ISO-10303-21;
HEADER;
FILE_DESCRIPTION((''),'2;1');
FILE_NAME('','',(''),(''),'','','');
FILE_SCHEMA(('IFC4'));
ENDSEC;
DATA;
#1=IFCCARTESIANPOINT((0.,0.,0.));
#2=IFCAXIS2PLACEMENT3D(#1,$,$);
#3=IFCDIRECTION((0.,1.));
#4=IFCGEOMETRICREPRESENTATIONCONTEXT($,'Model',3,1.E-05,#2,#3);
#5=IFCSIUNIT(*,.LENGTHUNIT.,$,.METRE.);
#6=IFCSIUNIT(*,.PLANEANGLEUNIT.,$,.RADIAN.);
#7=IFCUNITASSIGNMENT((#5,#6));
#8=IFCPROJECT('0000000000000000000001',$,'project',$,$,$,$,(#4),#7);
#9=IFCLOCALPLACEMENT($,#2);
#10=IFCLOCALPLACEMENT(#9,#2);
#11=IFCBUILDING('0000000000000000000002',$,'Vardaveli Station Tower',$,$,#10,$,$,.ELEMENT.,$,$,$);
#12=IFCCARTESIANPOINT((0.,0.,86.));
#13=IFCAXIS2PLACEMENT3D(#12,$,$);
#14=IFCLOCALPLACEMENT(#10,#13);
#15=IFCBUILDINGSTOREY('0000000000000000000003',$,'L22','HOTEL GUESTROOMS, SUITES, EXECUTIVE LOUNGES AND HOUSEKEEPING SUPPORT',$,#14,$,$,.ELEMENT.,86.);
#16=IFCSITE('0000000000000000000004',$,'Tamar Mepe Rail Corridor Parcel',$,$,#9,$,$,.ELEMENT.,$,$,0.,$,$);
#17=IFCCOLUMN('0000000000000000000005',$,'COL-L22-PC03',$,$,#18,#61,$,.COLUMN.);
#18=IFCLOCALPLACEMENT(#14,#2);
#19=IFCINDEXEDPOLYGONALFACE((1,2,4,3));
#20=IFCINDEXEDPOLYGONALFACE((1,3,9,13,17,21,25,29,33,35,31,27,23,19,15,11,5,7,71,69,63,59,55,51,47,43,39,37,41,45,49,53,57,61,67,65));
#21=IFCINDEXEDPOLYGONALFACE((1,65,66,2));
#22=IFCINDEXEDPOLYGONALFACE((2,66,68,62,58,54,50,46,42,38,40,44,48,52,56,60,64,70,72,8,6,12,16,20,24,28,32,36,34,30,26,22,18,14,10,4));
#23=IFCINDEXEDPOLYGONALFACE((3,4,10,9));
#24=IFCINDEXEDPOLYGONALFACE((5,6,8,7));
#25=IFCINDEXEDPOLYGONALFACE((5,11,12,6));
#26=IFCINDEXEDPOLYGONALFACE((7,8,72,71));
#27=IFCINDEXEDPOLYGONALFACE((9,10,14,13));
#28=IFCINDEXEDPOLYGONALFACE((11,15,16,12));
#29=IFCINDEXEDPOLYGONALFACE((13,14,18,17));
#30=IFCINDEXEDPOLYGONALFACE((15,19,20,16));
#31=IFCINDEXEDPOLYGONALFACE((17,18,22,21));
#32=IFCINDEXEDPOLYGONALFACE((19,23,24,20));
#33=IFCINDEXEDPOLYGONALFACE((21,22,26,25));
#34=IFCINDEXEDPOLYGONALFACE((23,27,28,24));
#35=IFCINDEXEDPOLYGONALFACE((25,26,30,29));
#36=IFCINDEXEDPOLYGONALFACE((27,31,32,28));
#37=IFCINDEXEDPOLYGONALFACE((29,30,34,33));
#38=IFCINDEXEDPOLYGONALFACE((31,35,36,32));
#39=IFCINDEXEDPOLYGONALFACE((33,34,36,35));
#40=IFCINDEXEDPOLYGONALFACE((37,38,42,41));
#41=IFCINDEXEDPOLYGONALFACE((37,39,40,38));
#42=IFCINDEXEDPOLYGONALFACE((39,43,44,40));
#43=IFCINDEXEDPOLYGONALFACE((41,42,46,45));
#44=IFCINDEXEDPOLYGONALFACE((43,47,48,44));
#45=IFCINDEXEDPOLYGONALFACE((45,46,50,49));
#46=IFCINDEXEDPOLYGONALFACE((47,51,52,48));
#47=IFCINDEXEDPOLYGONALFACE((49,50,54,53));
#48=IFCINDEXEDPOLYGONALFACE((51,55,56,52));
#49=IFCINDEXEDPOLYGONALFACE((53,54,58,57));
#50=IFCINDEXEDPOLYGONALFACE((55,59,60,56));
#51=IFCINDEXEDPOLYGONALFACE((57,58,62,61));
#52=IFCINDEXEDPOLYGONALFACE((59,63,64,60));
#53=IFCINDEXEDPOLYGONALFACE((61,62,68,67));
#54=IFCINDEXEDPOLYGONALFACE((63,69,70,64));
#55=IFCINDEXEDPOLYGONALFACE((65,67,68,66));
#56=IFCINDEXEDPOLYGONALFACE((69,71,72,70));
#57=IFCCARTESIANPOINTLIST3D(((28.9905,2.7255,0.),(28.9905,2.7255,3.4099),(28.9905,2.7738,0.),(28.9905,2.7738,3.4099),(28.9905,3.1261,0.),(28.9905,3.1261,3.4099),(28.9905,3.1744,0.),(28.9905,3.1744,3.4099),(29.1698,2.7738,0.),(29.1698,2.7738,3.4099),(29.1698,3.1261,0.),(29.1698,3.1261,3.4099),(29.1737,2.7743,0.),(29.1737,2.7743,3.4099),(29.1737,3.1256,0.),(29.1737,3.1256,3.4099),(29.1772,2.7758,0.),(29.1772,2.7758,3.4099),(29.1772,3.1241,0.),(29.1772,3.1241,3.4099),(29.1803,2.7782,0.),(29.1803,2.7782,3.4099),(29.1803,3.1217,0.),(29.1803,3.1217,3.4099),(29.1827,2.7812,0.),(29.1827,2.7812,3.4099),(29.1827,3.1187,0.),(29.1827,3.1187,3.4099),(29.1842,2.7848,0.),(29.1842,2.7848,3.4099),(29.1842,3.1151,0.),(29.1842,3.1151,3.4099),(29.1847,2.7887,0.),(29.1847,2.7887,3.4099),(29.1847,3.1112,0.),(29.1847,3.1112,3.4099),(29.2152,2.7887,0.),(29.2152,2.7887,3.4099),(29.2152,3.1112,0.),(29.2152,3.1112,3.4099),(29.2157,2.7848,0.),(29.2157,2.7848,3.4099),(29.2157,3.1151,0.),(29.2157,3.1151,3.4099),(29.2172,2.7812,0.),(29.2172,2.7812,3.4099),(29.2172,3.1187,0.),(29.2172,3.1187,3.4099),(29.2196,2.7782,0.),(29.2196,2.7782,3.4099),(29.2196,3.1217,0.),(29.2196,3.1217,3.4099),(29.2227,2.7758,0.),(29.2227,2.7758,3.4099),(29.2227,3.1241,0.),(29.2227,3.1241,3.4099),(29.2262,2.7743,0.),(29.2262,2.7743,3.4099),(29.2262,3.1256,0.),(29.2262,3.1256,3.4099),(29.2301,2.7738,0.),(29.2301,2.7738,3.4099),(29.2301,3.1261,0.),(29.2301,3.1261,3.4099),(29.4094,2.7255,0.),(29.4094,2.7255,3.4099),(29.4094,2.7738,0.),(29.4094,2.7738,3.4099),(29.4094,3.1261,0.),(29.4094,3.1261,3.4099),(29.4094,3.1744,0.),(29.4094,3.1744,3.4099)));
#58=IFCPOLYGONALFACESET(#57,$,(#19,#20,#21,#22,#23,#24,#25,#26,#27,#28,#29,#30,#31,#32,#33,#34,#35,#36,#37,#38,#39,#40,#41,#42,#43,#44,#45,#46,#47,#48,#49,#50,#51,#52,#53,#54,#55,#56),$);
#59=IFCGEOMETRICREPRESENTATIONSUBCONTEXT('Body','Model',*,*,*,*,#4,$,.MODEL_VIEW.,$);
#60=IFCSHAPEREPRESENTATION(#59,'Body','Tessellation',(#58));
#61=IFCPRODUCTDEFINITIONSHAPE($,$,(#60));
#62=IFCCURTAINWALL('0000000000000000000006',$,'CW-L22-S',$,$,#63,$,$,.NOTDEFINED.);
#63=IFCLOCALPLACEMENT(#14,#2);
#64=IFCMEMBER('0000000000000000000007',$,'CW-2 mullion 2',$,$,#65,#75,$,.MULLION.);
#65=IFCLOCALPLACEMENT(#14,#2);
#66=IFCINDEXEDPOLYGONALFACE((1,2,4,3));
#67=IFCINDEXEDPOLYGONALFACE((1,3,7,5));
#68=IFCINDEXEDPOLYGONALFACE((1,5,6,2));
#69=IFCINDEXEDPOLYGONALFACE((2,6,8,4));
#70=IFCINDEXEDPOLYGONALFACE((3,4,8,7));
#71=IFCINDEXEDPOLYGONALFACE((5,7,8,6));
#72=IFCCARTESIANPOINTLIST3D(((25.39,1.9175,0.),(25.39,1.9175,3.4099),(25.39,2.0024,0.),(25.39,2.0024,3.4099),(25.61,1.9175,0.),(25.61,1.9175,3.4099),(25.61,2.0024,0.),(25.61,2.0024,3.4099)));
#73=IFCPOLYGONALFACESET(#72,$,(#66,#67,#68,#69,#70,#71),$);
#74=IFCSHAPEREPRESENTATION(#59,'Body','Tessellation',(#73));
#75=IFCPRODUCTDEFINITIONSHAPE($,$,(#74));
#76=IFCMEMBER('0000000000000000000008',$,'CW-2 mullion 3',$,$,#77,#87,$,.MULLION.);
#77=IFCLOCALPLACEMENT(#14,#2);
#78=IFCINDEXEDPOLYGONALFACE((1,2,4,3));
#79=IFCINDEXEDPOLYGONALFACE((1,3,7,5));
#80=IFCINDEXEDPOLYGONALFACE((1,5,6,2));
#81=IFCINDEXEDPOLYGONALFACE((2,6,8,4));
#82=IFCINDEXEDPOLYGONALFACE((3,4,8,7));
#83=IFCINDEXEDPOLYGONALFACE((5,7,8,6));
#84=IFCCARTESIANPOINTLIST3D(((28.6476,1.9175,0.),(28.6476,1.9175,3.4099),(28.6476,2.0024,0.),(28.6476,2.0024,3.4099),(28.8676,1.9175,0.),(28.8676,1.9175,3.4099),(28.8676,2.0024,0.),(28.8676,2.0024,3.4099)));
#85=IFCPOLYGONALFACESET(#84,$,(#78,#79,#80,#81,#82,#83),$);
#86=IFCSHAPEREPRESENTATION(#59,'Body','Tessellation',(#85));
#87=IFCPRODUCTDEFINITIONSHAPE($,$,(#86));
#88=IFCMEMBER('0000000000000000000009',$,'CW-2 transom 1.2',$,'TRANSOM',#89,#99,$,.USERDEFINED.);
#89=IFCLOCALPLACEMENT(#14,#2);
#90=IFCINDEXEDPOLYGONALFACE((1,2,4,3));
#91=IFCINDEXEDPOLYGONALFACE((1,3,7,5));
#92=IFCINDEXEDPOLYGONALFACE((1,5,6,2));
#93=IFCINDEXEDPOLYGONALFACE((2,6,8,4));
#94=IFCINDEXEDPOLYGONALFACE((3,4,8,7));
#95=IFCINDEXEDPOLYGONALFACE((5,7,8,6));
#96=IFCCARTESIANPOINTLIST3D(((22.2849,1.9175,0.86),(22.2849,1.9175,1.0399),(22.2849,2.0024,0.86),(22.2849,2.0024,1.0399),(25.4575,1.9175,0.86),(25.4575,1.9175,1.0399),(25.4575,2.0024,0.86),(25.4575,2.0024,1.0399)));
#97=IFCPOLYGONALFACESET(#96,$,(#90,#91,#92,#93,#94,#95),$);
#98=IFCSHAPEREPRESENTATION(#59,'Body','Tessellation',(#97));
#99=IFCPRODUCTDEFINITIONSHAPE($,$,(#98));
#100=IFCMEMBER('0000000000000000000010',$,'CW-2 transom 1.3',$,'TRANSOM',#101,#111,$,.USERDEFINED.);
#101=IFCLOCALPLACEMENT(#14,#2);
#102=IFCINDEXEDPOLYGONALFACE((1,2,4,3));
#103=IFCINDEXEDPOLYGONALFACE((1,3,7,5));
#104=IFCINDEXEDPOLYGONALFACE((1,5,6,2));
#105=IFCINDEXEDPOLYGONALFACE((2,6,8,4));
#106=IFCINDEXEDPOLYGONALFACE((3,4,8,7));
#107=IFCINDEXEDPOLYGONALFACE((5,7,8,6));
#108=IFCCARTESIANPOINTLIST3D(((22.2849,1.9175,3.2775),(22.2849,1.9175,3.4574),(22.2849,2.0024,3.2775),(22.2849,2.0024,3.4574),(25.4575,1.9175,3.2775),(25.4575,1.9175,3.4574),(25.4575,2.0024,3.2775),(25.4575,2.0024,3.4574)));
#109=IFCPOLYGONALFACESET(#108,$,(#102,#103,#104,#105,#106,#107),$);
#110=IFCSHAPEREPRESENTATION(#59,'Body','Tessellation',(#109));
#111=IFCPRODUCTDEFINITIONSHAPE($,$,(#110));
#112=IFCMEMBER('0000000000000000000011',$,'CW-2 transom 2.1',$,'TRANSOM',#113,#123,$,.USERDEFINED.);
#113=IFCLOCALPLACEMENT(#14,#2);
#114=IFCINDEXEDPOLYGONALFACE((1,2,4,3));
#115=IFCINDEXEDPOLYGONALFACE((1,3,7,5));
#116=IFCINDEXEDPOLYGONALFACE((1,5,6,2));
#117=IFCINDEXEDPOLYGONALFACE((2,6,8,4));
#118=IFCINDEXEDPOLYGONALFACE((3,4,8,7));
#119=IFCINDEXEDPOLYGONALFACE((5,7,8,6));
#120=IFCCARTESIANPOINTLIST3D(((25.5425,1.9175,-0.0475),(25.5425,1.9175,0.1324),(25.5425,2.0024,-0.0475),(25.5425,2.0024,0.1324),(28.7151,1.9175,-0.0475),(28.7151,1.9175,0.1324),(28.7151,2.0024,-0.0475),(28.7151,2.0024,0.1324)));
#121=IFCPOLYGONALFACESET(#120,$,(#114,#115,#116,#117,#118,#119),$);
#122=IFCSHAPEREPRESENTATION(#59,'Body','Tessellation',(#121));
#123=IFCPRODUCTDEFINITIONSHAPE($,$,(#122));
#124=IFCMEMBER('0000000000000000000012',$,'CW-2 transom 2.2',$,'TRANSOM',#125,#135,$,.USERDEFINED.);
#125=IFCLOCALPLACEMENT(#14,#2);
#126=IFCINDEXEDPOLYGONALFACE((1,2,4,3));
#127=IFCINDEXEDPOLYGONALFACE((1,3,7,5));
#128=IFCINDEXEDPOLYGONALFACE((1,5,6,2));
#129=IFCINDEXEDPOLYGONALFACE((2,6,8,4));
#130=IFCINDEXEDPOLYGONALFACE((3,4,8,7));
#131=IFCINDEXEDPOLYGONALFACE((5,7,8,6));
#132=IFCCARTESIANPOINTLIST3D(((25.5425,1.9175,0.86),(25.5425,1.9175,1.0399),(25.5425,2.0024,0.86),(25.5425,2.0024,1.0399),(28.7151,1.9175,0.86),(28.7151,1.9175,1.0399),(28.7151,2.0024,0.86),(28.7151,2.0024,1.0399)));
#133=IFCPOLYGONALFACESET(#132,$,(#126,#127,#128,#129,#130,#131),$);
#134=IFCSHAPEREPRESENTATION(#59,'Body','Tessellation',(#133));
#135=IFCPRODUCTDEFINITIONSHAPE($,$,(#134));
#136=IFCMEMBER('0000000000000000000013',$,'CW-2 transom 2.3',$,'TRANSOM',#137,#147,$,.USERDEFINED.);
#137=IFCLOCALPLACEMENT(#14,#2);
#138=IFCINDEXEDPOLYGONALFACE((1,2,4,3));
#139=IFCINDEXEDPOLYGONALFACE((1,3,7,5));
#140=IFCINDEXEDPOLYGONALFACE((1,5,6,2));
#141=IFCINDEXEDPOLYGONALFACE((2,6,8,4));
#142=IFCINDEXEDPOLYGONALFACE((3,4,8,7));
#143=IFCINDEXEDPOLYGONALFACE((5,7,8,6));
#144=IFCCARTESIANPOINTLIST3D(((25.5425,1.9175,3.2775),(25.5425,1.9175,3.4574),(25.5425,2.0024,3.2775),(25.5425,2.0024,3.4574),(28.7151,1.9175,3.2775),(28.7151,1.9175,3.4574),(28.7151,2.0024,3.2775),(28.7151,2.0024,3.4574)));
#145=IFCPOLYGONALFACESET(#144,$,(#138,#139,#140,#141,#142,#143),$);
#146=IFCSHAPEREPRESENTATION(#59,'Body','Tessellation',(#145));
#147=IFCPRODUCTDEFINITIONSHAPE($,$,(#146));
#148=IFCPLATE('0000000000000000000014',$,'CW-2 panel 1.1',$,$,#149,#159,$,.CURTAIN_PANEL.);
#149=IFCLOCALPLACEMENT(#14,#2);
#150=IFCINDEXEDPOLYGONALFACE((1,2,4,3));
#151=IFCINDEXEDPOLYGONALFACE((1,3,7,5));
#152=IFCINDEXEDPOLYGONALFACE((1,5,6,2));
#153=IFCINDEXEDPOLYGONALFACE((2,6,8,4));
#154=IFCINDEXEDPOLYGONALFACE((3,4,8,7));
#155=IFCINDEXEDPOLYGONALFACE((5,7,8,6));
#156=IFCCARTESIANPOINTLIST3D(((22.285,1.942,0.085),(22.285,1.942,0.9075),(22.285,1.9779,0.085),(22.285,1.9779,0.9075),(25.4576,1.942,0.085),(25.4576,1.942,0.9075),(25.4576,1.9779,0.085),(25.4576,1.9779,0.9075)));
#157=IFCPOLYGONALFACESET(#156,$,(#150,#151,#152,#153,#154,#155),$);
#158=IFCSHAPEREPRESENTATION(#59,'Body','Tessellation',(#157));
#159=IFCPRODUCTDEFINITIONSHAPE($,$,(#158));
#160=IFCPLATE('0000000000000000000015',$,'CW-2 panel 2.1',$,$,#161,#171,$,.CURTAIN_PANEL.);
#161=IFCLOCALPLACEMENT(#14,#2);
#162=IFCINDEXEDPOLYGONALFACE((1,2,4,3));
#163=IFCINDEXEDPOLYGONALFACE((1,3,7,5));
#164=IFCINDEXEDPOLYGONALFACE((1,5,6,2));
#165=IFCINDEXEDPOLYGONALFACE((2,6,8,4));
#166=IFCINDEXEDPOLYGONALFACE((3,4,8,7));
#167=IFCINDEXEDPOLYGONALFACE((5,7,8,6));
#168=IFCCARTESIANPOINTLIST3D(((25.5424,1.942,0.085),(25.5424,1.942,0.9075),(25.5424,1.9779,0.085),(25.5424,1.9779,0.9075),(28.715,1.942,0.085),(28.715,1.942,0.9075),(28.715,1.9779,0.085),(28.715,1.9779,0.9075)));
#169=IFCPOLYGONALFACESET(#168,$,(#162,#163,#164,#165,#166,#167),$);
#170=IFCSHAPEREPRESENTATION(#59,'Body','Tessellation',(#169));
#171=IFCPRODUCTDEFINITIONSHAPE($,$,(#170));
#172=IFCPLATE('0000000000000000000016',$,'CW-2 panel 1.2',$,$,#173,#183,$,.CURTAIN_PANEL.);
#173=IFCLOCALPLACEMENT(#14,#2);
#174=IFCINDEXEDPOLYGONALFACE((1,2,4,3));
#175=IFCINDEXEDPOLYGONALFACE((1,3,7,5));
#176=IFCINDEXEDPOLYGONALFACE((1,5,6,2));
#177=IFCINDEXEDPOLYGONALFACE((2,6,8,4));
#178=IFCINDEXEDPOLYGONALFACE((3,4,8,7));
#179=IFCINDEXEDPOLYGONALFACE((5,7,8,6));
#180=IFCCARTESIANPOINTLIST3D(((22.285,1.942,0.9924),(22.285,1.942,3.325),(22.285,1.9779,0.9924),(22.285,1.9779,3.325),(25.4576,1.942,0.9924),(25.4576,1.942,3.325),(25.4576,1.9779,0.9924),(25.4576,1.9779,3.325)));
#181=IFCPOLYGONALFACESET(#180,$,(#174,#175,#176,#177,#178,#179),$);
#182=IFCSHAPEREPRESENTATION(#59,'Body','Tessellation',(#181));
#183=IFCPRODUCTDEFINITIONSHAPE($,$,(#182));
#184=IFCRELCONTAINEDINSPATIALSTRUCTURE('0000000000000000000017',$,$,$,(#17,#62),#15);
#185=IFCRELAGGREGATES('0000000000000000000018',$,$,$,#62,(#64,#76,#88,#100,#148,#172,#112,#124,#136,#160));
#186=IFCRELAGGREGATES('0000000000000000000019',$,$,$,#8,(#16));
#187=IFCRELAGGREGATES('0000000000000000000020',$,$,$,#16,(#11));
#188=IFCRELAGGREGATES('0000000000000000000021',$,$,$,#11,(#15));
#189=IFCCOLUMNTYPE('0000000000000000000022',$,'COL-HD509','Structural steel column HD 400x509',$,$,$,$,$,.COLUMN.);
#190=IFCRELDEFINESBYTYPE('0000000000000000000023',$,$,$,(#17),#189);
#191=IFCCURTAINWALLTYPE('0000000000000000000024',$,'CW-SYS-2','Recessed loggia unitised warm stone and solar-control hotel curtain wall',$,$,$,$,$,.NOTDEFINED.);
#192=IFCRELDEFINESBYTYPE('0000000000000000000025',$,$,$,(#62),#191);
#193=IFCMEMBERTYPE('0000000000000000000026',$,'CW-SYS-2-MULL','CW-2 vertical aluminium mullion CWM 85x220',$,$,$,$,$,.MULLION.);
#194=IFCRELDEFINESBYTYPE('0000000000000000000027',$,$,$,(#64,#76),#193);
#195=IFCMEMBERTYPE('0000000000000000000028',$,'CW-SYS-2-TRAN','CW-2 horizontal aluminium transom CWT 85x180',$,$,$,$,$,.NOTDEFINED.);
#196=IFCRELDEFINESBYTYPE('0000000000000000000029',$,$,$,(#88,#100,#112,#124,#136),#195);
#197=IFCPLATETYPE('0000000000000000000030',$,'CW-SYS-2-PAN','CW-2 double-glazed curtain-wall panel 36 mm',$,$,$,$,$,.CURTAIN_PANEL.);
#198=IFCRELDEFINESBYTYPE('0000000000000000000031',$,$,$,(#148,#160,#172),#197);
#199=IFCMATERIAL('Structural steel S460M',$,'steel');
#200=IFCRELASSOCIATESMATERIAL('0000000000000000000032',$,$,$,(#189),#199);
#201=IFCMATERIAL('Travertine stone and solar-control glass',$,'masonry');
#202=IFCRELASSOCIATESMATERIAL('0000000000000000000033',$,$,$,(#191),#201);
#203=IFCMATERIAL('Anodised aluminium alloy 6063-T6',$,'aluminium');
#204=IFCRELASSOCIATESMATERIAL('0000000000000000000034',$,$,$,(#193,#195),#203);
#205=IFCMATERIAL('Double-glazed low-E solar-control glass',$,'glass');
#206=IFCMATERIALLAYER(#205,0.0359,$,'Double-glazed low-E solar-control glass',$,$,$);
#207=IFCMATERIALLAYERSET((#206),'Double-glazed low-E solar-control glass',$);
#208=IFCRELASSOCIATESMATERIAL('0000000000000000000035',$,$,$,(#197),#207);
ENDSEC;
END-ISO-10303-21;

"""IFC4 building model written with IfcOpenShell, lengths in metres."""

from ifc_helpers import new_model, si_unit, direction, frame, origin, origin_2d, place, context, subcontext, project, spatial, rectangle, i_section, extrude, source, transform, mapped, material, layer, layer_set, material_profile, profile_set, type_object, element, aggregate, save


model = new_model("IFC4")

# Units and contexts
model_context = context("Model", 3, precision=1e-05, world=origin(), true_north=direction((0.0, 1.0)))
body_context = subcontext(model_context, "Body", "Model", "MODEL_VIEW")
ifc_project = project(units=[si_unit("LENGTHUNIT", "METRE"), si_unit("PLANEANGLEUNIT", "RADIAN")], contexts=[model_context])

# Site, building, storey
site_placement = place(None, origin())
site = spatial("IfcSite", under=ifc_project, at=site_placement, Name="Tamar Mepe Rail Corridor Parcel", CompositionType="ELEMENT", RefElevation=0.0)
building_placement = place(site_placement, origin())
building = spatial("IfcBuilding", under=site, at=building_placement, Name="Vardaveli Station Tower", CompositionType="ELEMENT")
storey_placement = place(building_placement, frame((0.0, 0.0, 86.0)))
storey = spatial("IfcBuildingStorey", under=building, at=storey_placement, Name="L22", Description="HOTEL GUESTROOMS, SUITES, EXECUTIVE LOUNGES AND HOUSEKEEPING SUPPORT", CompositionType="ELEMENT", Elevation=86.0)

# Column
ifc_material_1 = material(Name="Structural steel S460M", Category="steel")
ifc_material_profile_1 = material_profile(ifc_material_1, i_section(OverallWidth=0.4189, OverallDepth=0.449, WebThickness=0.0305, FlangeThickness=0.0483, FilletRadius=0.0149, at=origin_2d()), Name="HD 400x509")
ifc_profile_set_1 = profile_set([ifc_material_profile_1], Name="Structural steel S460M")
column_type = type_object("IfcColumnType", Name="COL-HD509", Description="Structural steel column HD 400x509", PredefinedType="COLUMN", material=ifc_profile_set_1)
shared_shape_1 = source(origin(), body_context, "Body", "SweptSolid", [
    extrude(i_section(OverallWidth=0.4189, OverallDepth=0.449, WebThickness=0.0305, FlangeThickness=0.0483, FilletRadius=0.0149, at=origin_2d()), origin(), (0.0, 0.0, 1.0), 3.4099),
])
column_placement = place(storey_placement, frame((29.2, 2.95, 0.0), z_axis=(0.0, 0.0, 1.0), x_axis=(1.0, 0.0, 0.0)))
element("IfcColumn", 1, at=column_placement, inside=storey, type_object=column_type, Name="COL-L22-PC03", PredefinedType="COLUMN", context=body_context, shape_type="MappedRepresentation", body=[
    mapped(shared_shape_1, transform((0.0, 0.0, 0.0), scale=1.0)),
])

# Curtain wall, members, plates
ifc_material_2 = material(Name="Travertine stone and solar-control glass", Category="masonry")
curtain_wall_type = type_object("IfcCurtainWallType", Name="CW-SYS-2", Description="Recessed loggia unitised warm stone and solar-control hotel curtain wall", PredefinedType="NOTDEFINED", material=ifc_material_2)
curtain_wall_placement = place(storey_placement, origin())
curtain_wall = element("IfcCurtainWall", 2, at=curtain_wall_placement, inside=storey, type_object=curtain_wall_type, Name="CW-L22-S", PredefinedType="NOTDEFINED")
ifc_material_3 = material(Name="Anodised aluminium alloy 6063-T6", Category="aluminium")
ifc_material_profile_2 = material_profile(ifc_material_3, rectangle(XDim=0.085, YDim=0.22, at=origin_2d()), Name="CWM 85x220")
ifc_profile_set_2 = profile_set([ifc_material_profile_2], Name="Anodised aluminium alloy 6063-T6")
member_type_1 = type_object("IfcMemberType", Name="CW-SYS-2-MULL", Description="CW-2 vertical aluminium mullion CWM 85x220", PredefinedType="MULLION", material=ifc_profile_set_2)
shared_shape_2 = source(origin(), body_context, "Body", "SweptSolid", [
    extrude(rectangle(XDim=0.085, YDim=0.22, at=origin_2d()), origin(), (0.0, 0.0, 1.0), 3.4099),
])
member_1_placement = place(storey_placement, frame((25.5, 1.96, 0.0), z_axis=(0.0, 0.0, 1.0), x_axis=(0.0, 1.0, 0.0)))
member_1 = element("IfcMember", 3, at=member_1_placement, type_object=member_type_1, Name="CW-2 mullion 2", PredefinedType="MULLION", context=body_context, shape_type="MappedRepresentation", body=[
    mapped(shared_shape_2, transform((0.0, 0.0, 0.0), scale=1.0)),
])
member_2_placement = place(storey_placement, frame((28.7576, 1.96, 0.0), z_axis=(0.0, 0.0, 1.0), x_axis=(0.0, 1.0, 0.0)))
member_2 = element("IfcMember", 4, at=member_2_placement, type_object=member_type_1, Name="CW-2 mullion 3", PredefinedType="MULLION", context=body_context, shape_type="MappedRepresentation", body=[
    mapped(shared_shape_2, transform((0.0, 0.0, 0.0), scale=1.0)),
])
ifc_material_profile_3 = material_profile(ifc_material_3, rectangle(XDim=0.085, YDim=0.1799, at=origin_2d()), Name="CWT 85x180")
ifc_profile_set_3 = profile_set([ifc_material_profile_3], Name="Anodised aluminium alloy 6063-T6")
member_type_2 = type_object("IfcMemberType", Name="CW-SYS-2-TRAN", Description="CW-2 horizontal aluminium transom CWT 85x180", PredefinedType="NOTDEFINED", material=ifc_profile_set_3)
shared_shape_3 = source(origin(), body_context, "Body", "SweptSolid", [
    extrude(rectangle(XDim=0.085, YDim=0.1799, at=origin_2d()), origin(), (0.0, 0.0, 1.0), 3.1726),
])
member_3_placement = place(storey_placement, frame((22.2849, 1.96, 0.95), z_axis=(1.0, 0.0, 0.0), x_axis=(0.0, 1.0, 0.0)))
member_3 = element("IfcMember", 5, at=member_3_placement, type_object=member_type_2, Name="CW-2 transom 1.2", ObjectType="TRANSOM", PredefinedType="USERDEFINED", context=body_context, shape_type="MappedRepresentation", body=[
    mapped(shared_shape_3, transform((0.0, 0.0, 0.0), scale=1.0)),
])
member_4_placement = place(storey_placement, frame((22.2849, 1.96, 3.3674), z_axis=(1.0, 0.0, 0.0), x_axis=(0.0, 1.0, 0.0)))
member_4 = element("IfcMember", 6, at=member_4_placement, type_object=member_type_2, Name="CW-2 transom 1.3", ObjectType="TRANSOM", PredefinedType="USERDEFINED", context=body_context, shape_type="MappedRepresentation", body=[
    mapped(shared_shape_3, transform((0.0, 0.0, 0.0), scale=1.0)),
])
member_5_placement = place(storey_placement, frame((25.5425, 1.96, 0.0425), z_axis=(1.0, 0.0, 0.0), x_axis=(0.0, 1.0, 0.0)))
member_5 = element("IfcMember", 7, at=member_5_placement, type_object=member_type_2, Name="CW-2 transom 2.1", ObjectType="TRANSOM", PredefinedType="USERDEFINED", context=body_context, shape_type="MappedRepresentation", body=[
    mapped(shared_shape_3, transform((0.0, 0.0, 0.0), scale=1.0)),
])
member_6_placement = place(storey_placement, frame((25.5425, 1.96, 0.95), z_axis=(1.0, 0.0, 0.0), x_axis=(0.0, 1.0, 0.0)))
member_6 = element("IfcMember", 8, at=member_6_placement, type_object=member_type_2, Name="CW-2 transom 2.2", ObjectType="TRANSOM", PredefinedType="USERDEFINED", context=body_context, shape_type="MappedRepresentation", body=[
    mapped(shared_shape_3, transform((0.0, 0.0, 0.0), scale=1.0)),
])
member_7_placement = place(storey_placement, frame((25.5425, 1.96, 3.3674), z_axis=(1.0, 0.0, 0.0), x_axis=(0.0, 1.0, 0.0)))
member_7 = element("IfcMember", 9, at=member_7_placement, type_object=member_type_2, Name="CW-2 transom 2.3", ObjectType="TRANSOM", PredefinedType="USERDEFINED", context=body_context, shape_type="MappedRepresentation", body=[
    mapped(shared_shape_3, transform((0.0, 0.0, 0.0), scale=1.0)),
])
ifc_material_4 = material(Name="Double-glazed low-E solar-control glass", Category="glass")
ifc_layer_1 = layer(ifc_material_4, 0.0359, Name="Double-glazed low-E solar-control glass")
ifc_layer_set_1 = layer_set([ifc_layer_1], Name="Double-glazed low-E solar-control glass")
plate_type = type_object("IfcPlateType", Name="CW-SYS-2-PAN", Description="CW-2 double-glazed curtain-wall panel 36 mm", PredefinedType="CURTAIN_PANEL", material=ifc_layer_set_1)
shared_shape_4 = source(origin(), body_context, "Body", "SweptSolid", [
    extrude(rectangle(XDim=3.1726, YDim=0.0359, at=origin_2d()), origin(), (0.0, 0.0, 1.0), 0.8225),
])
plate_1_placement = place(storey_placement, frame((23.8713, 1.96, 0.085), z_axis=(0.0, 0.0, 1.0), x_axis=(1.0, 0.0, 0.0)))
plate_1 = element("IfcPlate", 10, at=plate_1_placement, type_object=plate_type, Name="CW-2 panel 1.1", PredefinedType="CURTAIN_PANEL", context=body_context, shape_type="MappedRepresentation", body=[
    mapped(shared_shape_4, transform((0.0, 0.0, 0.0), scale=1.0)),
])
plate_2_placement = place(storey_placement, frame((27.1287, 1.96, 0.085), z_axis=(0.0, 0.0, 1.0), x_axis=(1.0, 0.0, 0.0)))
plate_2 = element("IfcPlate", 11, at=plate_2_placement, type_object=plate_type, Name="CW-2 panel 2.1", PredefinedType="CURTAIN_PANEL", context=body_context, shape_type="MappedRepresentation", body=[
    mapped(shared_shape_4, transform((0.0, 0.0, 0.0), scale=1.0)),
])
shared_shape_5 = source(origin(), body_context, "Body", "SweptSolid", [
    extrude(rectangle(XDim=3.1726, YDim=0.0359, at=origin_2d()), origin(), (0.0, 0.0, 1.0), 2.3325),
])
plate_3_placement = place(storey_placement, frame((23.8713, 1.96, 0.9924), z_axis=(0.0, 0.0, 1.0), x_axis=(1.0, 0.0, 0.0)))
plate_3 = element("IfcPlate", 12, at=plate_3_placement, type_object=plate_type, Name="CW-2 panel 1.2", PredefinedType="CURTAIN_PANEL", context=body_context, shape_type="MappedRepresentation", body=[
    mapped(shared_shape_5, transform((0.0, 0.0, 0.0), scale=1.0)),
])
aggregate(curtain_wall, [member_1, member_2, member_3, member_4, plate_1, plate_3, member_5, member_6, member_7, plate_2])

save(model, "model.ifc")
